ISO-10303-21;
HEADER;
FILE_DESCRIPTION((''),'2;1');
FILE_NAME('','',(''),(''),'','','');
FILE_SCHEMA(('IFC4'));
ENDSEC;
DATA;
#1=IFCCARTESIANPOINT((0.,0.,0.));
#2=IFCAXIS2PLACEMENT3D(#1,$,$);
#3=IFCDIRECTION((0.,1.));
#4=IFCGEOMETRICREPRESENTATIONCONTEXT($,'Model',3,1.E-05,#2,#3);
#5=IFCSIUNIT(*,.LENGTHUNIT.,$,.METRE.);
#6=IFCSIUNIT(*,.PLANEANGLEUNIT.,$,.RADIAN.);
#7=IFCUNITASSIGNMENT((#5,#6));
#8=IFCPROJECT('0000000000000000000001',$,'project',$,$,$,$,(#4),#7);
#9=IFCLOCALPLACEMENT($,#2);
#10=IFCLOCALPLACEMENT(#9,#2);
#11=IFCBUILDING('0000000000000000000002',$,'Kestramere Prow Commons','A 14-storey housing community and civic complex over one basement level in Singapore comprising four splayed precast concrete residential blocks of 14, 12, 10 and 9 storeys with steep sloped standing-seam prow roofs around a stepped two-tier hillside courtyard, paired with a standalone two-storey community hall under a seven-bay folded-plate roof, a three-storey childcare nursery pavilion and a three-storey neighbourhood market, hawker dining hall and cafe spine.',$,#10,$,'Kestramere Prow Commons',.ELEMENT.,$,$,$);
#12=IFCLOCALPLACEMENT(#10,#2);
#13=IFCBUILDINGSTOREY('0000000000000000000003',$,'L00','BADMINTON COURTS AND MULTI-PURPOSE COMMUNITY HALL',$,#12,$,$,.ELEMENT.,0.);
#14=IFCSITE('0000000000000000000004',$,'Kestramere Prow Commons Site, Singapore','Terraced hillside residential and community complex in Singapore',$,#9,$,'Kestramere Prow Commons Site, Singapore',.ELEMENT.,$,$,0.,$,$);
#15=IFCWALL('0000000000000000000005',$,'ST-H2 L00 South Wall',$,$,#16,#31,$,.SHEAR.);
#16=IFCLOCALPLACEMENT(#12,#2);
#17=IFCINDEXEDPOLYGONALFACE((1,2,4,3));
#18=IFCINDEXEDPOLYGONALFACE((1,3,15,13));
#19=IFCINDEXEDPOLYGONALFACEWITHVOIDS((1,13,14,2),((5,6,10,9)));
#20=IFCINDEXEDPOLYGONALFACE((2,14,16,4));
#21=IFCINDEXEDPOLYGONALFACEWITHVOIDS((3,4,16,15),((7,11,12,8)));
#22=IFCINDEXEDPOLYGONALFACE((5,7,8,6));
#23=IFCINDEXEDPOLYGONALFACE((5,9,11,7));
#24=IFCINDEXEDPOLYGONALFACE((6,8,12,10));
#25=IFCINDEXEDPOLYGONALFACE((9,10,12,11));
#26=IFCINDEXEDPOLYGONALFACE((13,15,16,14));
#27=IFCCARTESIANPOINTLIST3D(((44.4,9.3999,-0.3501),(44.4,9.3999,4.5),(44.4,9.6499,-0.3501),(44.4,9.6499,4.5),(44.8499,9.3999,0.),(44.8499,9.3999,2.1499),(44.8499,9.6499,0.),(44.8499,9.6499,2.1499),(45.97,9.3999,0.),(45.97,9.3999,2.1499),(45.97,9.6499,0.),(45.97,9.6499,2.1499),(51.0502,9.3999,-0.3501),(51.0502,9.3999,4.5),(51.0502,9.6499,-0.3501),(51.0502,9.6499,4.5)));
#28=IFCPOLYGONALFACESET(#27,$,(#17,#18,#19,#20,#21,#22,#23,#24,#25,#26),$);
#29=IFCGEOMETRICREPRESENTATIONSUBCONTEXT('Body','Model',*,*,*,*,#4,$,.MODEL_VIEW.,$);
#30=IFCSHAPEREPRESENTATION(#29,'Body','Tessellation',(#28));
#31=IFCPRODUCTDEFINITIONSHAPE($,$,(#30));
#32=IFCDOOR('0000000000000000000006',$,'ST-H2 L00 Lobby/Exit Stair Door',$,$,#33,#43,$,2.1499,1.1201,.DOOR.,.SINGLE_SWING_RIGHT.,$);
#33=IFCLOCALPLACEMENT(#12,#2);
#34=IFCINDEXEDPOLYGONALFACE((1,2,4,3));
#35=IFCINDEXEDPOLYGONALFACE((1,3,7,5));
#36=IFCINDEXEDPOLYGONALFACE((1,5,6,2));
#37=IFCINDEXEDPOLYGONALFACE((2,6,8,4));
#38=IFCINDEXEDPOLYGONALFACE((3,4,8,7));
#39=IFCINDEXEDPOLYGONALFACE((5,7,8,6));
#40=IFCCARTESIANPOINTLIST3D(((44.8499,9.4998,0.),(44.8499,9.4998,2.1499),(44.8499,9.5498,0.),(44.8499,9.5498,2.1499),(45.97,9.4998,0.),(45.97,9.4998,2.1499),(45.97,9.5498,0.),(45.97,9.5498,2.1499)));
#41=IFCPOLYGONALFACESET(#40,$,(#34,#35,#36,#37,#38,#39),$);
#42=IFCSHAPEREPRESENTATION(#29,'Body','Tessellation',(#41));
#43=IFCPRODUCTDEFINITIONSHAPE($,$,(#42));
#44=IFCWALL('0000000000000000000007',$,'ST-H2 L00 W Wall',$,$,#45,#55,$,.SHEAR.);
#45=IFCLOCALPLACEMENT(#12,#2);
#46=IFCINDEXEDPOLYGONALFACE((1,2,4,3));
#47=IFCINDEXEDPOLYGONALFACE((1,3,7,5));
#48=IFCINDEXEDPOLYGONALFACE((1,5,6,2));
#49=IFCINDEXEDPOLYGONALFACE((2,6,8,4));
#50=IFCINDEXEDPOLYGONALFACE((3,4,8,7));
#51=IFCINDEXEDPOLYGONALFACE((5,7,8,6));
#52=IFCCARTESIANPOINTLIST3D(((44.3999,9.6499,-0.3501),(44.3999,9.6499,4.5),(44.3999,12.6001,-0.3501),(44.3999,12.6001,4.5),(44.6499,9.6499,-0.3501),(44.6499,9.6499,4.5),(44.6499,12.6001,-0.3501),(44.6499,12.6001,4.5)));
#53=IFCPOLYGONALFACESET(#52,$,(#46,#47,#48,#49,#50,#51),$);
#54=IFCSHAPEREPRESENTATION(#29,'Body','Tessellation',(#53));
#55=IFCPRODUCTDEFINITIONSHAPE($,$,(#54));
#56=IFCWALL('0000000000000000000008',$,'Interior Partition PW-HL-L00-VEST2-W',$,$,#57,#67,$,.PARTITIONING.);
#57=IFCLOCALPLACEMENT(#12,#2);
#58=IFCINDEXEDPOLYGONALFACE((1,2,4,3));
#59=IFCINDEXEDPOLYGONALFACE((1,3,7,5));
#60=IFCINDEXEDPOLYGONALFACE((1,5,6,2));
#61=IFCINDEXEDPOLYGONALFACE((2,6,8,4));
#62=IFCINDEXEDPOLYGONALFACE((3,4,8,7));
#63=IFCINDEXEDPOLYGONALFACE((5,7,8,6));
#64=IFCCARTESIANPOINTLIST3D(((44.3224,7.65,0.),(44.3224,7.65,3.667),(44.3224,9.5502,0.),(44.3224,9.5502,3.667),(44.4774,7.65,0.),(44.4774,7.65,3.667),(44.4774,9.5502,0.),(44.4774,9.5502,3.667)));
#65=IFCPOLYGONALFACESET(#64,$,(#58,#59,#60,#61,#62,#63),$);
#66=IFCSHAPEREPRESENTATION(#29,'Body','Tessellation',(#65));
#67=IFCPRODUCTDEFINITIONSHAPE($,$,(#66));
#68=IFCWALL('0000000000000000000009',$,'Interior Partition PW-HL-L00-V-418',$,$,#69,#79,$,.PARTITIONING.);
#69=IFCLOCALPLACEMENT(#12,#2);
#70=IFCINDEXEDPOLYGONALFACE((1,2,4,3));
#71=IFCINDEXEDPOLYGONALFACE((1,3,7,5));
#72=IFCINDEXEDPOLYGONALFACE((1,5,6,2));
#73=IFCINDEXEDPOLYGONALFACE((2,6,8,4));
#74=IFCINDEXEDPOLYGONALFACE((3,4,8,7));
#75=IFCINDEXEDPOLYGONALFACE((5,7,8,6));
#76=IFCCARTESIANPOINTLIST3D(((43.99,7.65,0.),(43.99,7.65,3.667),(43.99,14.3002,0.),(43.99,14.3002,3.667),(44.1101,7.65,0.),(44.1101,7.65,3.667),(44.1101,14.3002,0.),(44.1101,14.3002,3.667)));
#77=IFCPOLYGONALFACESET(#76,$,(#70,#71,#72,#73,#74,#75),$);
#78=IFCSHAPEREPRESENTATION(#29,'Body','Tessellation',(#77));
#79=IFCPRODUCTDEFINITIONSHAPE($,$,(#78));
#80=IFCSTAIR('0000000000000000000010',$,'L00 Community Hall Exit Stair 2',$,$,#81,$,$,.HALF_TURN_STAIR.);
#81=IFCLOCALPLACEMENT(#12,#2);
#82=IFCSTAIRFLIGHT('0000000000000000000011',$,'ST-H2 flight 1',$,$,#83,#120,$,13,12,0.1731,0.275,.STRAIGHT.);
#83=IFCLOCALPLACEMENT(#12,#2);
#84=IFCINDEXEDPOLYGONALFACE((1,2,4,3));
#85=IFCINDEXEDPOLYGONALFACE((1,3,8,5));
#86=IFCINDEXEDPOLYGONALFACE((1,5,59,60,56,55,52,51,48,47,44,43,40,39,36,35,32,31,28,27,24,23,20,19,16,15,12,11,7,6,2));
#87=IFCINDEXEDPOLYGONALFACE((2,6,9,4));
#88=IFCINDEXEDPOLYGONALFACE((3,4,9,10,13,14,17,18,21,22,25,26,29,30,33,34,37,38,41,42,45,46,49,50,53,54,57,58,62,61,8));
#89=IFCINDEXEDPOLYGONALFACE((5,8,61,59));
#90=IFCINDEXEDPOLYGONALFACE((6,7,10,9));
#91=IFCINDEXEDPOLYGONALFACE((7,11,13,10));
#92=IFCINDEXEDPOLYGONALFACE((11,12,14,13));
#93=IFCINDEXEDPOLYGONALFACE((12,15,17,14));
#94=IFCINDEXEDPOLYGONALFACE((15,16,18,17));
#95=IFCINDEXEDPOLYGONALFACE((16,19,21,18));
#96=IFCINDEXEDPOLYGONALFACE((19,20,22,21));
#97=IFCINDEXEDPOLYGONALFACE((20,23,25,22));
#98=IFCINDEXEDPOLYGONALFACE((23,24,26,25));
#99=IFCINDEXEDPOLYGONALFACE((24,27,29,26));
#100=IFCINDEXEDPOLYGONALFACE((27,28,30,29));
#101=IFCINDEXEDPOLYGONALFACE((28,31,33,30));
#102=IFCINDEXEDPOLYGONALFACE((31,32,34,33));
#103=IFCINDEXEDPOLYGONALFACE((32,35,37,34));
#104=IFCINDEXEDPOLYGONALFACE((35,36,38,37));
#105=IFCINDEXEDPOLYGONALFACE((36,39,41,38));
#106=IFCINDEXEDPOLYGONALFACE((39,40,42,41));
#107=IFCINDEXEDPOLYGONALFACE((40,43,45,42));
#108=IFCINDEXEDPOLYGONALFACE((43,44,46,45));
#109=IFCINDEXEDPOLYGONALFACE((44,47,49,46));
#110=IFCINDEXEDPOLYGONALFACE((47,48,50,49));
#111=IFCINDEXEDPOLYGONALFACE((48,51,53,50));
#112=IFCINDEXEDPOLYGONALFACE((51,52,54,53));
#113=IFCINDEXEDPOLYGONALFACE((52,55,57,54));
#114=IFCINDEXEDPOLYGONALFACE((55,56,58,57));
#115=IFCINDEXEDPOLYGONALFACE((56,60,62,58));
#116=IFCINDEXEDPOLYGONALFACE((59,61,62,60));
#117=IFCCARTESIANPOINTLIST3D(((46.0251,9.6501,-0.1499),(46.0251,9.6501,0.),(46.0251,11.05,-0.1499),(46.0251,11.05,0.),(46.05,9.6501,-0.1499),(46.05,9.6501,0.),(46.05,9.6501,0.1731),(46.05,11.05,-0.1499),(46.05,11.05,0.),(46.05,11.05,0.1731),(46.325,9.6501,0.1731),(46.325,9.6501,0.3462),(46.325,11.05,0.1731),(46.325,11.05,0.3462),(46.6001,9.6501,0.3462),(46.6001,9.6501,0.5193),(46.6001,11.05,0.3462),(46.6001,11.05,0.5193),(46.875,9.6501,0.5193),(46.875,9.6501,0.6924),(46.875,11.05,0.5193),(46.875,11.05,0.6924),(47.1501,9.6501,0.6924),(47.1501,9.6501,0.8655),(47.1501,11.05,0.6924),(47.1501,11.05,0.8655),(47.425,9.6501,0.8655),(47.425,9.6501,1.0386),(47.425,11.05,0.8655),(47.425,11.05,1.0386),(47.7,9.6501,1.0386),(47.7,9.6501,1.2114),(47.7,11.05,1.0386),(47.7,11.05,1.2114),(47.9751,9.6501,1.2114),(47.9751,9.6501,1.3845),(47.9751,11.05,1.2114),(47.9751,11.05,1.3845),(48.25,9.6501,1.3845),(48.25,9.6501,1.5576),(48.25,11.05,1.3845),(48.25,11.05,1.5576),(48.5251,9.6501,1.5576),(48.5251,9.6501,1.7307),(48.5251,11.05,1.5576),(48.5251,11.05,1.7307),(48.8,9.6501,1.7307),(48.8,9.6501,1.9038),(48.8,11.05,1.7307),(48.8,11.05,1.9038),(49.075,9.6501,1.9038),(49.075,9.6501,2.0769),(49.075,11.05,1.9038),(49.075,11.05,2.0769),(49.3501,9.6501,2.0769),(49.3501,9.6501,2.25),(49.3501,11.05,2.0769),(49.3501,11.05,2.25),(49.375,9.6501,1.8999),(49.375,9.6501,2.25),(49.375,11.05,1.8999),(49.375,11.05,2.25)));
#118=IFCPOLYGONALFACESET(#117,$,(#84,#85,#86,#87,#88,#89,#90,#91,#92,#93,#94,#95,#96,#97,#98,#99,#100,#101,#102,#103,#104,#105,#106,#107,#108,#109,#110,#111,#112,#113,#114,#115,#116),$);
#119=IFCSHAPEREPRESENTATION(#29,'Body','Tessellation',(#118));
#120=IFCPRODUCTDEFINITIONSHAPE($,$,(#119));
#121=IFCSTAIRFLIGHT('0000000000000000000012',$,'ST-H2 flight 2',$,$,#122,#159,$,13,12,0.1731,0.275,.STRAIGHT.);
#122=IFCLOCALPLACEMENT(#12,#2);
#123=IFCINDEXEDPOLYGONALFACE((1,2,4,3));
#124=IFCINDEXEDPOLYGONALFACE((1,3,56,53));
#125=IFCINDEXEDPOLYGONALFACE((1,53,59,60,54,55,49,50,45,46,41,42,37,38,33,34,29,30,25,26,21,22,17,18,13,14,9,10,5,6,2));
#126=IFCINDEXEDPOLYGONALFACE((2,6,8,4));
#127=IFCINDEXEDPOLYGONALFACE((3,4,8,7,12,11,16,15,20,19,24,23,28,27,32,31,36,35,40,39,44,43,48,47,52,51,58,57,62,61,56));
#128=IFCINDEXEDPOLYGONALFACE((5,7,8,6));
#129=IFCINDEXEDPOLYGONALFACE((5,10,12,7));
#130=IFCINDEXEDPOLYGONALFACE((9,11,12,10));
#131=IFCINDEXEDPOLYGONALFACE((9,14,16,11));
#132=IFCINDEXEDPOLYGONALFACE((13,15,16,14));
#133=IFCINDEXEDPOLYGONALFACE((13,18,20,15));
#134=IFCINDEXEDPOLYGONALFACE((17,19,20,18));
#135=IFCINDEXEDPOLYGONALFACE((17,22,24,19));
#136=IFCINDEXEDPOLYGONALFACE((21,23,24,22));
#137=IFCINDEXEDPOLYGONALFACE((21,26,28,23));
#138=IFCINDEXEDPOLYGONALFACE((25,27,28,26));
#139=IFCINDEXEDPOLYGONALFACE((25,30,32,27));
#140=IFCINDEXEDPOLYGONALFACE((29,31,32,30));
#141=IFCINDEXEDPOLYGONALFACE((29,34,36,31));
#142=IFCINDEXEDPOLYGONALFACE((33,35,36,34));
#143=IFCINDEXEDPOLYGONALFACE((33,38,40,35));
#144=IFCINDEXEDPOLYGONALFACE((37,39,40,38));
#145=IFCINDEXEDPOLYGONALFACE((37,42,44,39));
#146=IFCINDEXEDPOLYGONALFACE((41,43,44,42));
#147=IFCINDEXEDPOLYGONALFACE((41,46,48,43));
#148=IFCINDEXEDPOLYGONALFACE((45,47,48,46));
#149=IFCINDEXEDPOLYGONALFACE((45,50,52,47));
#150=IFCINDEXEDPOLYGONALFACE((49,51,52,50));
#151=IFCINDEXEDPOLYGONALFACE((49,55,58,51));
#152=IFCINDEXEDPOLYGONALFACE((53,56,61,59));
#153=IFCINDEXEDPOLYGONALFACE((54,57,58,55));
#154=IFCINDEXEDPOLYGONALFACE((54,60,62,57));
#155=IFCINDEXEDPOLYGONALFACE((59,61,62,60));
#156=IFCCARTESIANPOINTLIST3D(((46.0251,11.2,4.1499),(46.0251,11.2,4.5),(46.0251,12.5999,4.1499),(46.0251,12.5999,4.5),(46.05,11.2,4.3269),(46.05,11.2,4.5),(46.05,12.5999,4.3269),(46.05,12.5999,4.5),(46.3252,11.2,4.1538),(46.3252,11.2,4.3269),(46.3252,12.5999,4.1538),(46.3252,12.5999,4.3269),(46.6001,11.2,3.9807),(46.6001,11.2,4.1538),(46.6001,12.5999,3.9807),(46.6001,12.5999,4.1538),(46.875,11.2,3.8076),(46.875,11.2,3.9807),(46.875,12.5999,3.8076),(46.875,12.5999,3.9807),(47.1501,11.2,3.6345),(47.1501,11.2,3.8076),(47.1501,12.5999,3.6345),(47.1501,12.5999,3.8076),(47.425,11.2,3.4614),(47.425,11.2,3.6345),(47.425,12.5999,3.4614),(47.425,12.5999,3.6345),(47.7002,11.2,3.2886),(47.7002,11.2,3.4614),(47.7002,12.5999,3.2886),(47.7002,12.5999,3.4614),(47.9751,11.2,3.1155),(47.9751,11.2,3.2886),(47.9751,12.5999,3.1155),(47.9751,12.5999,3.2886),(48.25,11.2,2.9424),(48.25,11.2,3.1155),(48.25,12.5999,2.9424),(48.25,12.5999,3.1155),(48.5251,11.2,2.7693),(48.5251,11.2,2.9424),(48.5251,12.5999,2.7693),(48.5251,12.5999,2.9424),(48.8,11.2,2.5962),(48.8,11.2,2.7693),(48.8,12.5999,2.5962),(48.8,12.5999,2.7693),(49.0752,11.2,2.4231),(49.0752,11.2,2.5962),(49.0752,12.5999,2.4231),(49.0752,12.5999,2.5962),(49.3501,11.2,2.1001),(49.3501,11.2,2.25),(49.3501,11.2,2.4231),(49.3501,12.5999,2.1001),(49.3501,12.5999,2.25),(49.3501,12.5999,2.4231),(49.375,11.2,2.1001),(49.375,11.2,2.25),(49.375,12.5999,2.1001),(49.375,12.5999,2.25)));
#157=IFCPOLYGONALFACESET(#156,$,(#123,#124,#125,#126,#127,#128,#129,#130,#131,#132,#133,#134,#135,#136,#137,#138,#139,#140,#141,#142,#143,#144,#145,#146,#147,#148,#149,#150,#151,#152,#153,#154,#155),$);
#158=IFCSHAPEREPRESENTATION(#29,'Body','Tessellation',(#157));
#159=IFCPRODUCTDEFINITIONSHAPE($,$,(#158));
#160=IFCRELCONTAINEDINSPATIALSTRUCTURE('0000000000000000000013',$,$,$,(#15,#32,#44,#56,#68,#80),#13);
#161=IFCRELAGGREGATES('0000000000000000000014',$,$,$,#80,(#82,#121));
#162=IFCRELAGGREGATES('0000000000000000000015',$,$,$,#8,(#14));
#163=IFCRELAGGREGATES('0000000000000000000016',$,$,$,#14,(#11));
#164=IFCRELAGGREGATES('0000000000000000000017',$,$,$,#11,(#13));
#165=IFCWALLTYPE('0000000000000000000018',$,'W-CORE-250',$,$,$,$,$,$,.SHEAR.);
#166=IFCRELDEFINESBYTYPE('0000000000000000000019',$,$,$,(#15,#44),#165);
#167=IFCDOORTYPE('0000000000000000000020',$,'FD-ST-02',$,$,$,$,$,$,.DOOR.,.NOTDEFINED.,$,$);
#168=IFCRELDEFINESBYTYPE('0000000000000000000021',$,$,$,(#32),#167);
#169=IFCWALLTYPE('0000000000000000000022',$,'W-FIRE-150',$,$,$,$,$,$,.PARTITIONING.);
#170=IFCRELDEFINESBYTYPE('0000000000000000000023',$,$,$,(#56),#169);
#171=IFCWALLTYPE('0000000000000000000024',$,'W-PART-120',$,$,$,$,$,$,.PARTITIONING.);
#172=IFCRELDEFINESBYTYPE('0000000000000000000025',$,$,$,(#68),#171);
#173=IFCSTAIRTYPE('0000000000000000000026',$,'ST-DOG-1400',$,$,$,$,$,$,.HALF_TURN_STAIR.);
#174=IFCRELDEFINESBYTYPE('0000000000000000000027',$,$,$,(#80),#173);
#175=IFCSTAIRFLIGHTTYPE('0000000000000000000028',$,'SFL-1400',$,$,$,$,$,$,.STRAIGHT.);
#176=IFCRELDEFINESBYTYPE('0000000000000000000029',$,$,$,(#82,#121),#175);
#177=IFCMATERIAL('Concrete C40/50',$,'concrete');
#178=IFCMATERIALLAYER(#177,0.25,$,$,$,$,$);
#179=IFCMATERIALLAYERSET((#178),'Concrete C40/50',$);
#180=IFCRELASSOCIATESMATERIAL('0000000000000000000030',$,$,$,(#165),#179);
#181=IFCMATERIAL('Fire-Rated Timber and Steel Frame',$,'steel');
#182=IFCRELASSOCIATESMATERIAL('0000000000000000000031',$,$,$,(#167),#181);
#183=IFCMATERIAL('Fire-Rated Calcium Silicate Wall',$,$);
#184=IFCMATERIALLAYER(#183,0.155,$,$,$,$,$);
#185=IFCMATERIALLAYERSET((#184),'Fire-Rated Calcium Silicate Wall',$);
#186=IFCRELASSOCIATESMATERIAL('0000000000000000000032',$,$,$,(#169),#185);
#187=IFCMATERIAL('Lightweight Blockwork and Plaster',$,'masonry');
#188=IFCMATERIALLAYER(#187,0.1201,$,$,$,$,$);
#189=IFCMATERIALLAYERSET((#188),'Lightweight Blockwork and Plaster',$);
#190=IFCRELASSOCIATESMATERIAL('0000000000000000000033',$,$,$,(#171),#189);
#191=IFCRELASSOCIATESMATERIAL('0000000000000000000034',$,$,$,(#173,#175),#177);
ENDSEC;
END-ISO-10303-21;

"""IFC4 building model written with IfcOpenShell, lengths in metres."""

from ifc_helpers import new_model, si_unit, direction, frame, frame_2d, origin, place, context, subcontext, project, spatial, polyline, rectangle, outline, extrude, material, layer, layer_set, type_object, element, fill, aggregate, save


model = new_model("IFC4")

# Units and contexts
model_context = context("Model", 3, precision=1e-05, world=origin(), true_north=direction((0.0, 1.0)))
body_context = subcontext(model_context, "Body", "Model", "MODEL_VIEW")
ifc_project = project(units=[si_unit("LENGTHUNIT", "METRE"), si_unit("PLANEANGLEUNIT", "RADIAN")], contexts=[model_context])

# Site, building, storey
site_placement = place(None, origin())
site = spatial("IfcSite", under=ifc_project, at=site_placement, Name="Kestramere Prow Commons Site, Singapore", Description="Terraced hillside residential and community complex in Singapore", LongName="Kestramere Prow Commons Site, Singapore", CompositionType="ELEMENT", RefElevation=0.0)
building_placement = place(site_placement, origin())
building = spatial("IfcBuilding", under=site, at=building_placement, Name="Kestramere Prow Commons", Description="A 14-storey housing community and civic complex over one basement level in Singapore comprising four splayed precast concrete residential blocks of 14, 12, 10 and 9 storeys with steep sloped standing-seam prow roofs around a stepped two-tier hillside courtyard, paired with a standalone two-storey community hall under a seven-bay folded-plate roof, a three-storey childcare nursery pavilion and a three-storey neighbourhood market, hawker dining hall and cafe spine.", LongName="Kestramere Prow Commons", CompositionType="ELEMENT")
storey_placement = place(building_placement, origin())
storey = spatial("IfcBuildingStorey", under=building, at=storey_placement, Name="L00", Description="BADMINTON COURTS AND MULTI-PURPOSE COMMUNITY HALL", CompositionType="ELEMENT", Elevation=0.0)

# Shared definitions
ifc_material_1 = material(Name="Concrete C40/50", Category="concrete")

# Wall, opening, door
ifc_layer_1 = layer(ifc_material_1, 0.25)
ifc_layer_set_1 = layer_set([ifc_layer_1], Name="Concrete C40/50")
wall_type_1 = type_object("IfcWallType", Name="W-CORE-250", PredefinedType="SHEAR", material=ifc_layer_set_1)
ifc_material_2 = material(Name="Fire-Rated Timber and Steel Frame", Category="steel")
wall_1_placement = place(storey_placement, frame((44.3999, 9.5249, -0.3501), z_axis=(0.0, 0.0, 1.0), x_axis=(1.0, 0.0, 0.0)))
wall_1 = element("IfcWall", 1, at=wall_1_placement, inside=storey, type_object=wall_type_1, Name="ST-H2 L00 South Wall", PredefinedType="SHEAR", context=body_context, shape_type="SweptSolid", body=[
    extrude(rectangle(XDim=6.6501, YDim=0.25, at=frame_2d((3.3252, 0.0))), origin(), (0.0, 0.0, 1.0), 4.8501),
])
opening_1_placement = place(wall_1_placement, frame((0.45, 0.0, 0.3501)))
opening_1 = element("IfcOpeningElement", 2, at=opening_1_placement, cuts=wall_1, PredefinedType="OPENING", context=body_context, shape_type="SweptSolid", body=[
    extrude(rectangle(XDim=1.1201, YDim=2.1499, at=frame_2d((0.5601, 1.075))), frame((0.0, 0.1399, 0.0), z_axis=(0.0, -1.0, 0.0), x_axis=(1.0, 0.0, 0.0)), (0.0, 0.0, 1.0), 0.28),
])
door_type_1 = type_object("IfcDoorType", Name="FD-ST-02", OperationType="NOTDEFINED", PredefinedType="DOOR", material=ifc_material_2)
door_1_placement = place(opening_1_placement, origin())
door_1 = element("IfcDoor", 3, at=door_1_placement, inside=storey, type_object=door_type_1, Name="ST-H2 L00 Lobby/Exit Stair Door", OperationType="SINGLE_SWING_RIGHT", OverallHeight=2.1499, OverallWidth=1.1201, PredefinedType="DOOR", context=body_context, shape_type="SweptSolid", body=[
    extrude(rectangle(XDim=1.1201, YDim=2.1499, at=frame_2d((0.5601, 1.075))), frame((0.0, 0.0249, 0.0), z_axis=(0.0, -1.0, 0.0), x_axis=(1.0, 0.0, 0.0)), (0.0, 0.0, 1.0), 0.05),
])
fill(opening_1, door_1)

# Walls
wall_2_placement = place(storey_placement, frame((44.5249, 9.6499, -0.3501), z_axis=(0.0, 0.0, 1.0), x_axis=(0.0, 1.0, 0.0)))
element("IfcWall", 4, at=wall_2_placement, inside=storey, type_object=wall_type_1, Name="ST-H2 L00 W Wall", PredefinedType="SHEAR", context=body_context, shape_type="SweptSolid", body=[
    extrude(rectangle(XDim=2.9502, YDim=0.25, at=frame_2d((1.4751, 0.0))), origin(), (0.0, 0.0, 1.0), 4.8501),
])
ifc_material_3 = material(Name="Fire-Rated Calcium Silicate Wall")
ifc_layer_2 = layer(ifc_material_3, 0.155)
ifc_layer_set_2 = layer_set([ifc_layer_2], Name="Fire-Rated Calcium Silicate Wall")
wall_type_2 = type_object("IfcWallType", Name="W-FIRE-150", PredefinedType="PARTITIONING", material=ifc_layer_set_2)
wall_3_placement = place(storey_placement, frame((44.3999, 7.6499, 0.0), z_axis=(0.0, 0.0, 1.0), x_axis=(0.0, 1.0, 0.0)))
element("IfcWall", 5, at=wall_3_placement, inside=storey, type_object=wall_type_2, Name="Interior Partition PW-HL-L00-VEST2-W", PredefinedType="PARTITIONING", context=body_context, shape_type="SweptSolid", body=[
    extrude(rectangle(XDim=1.9001, YDim=0.155, at=frame_2d((0.9502, 0.0))), origin(), (0.0, 0.0, 1.0), 3.667),
])
ifc_material_4 = material(Name="Lightweight Blockwork and Plaster", Category="masonry")
ifc_layer_3 = layer(ifc_material_4, 0.1201)
ifc_layer_set_3 = layer_set([ifc_layer_3], Name="Lightweight Blockwork and Plaster")
wall_type_3 = type_object("IfcWallType", Name="W-PART-120", PredefinedType="PARTITIONING", material=ifc_layer_set_3)
wall_4_placement = place(storey_placement, frame((44.05, 7.6499, 0.0), z_axis=(0.0, 0.0, 1.0), x_axis=(0.0, 1.0, 0.0)))
element("IfcWall", 6, at=wall_4_placement, inside=storey, type_object=wall_type_3, Name="Interior Partition PW-HL-L00-V-418", PredefinedType="PARTITIONING", context=body_context, shape_type="SweptSolid", body=[
    extrude(rectangle(XDim=6.6501, YDim=0.1201, at=frame_2d((3.3252, 0.0))), origin(), (0.0, 0.0, 1.0), 3.667),
])

# Stair, stair flights
stair_type = type_object("IfcStairType", Name="ST-DOG-1400", PredefinedType="HALF_TURN_STAIR", material=ifc_material_1)
stair_placement = place(storey_placement, origin())
stair = element("IfcStair", 7, at=stair_placement, inside=storey, type_object=stair_type, Name="L00 Community Hall Exit Stair 2", PredefinedType="HALF_TURN_STAIR")
stair_flight_type = type_object("IfcStairFlightType", Name="SFL-1400", PredefinedType="STRAIGHT", material=ifc_material_1)
stair_flight_1_placement = place(storey_placement, frame((46.05, 10.3501, 0.0), z_axis=(0.0, 0.0, 1.0), x_axis=(1.0, 0.0, 0.0)))
stair_flight_1 = element("IfcStairFlight", 8, at=stair_flight_1_placement, type_object=stair_flight_type, Name="ST-H2 flight 1", NumberOfRisers=13, NumberOfTreads=12, PredefinedType="STRAIGHT", RiserHeight=0.1731, TreadLength=0.275, context=body_context, shape_type="SweptSolid", body=[
    extrude(outline(polyline([(-0.0249, 0.0), (0.0, 0.0), (0.0, 0.1731), (0.2749, 0.1731), (0.2749, 0.3462), (0.55, 0.3462), (0.55, 0.5193), (0.825, 0.5193), (0.825, 0.6924), (1.1001, 0.6924), (1.1001, 0.8655), (1.375, 0.8655), (1.375, 1.0386), (1.6499, 1.0386), (1.6499, 1.2114), (1.925, 1.2114), (1.925, 1.3845), (2.2, 1.3845), (2.2, 1.5576), (2.4751, 1.5576), (2.4751, 1.7307), (2.75, 1.7307), (2.75, 1.9038), (3.0249, 1.9038), (3.0249, 2.0769), (3.3, 2.0769), (3.3, 2.25), (3.325, 2.25), (3.325, 1.8999), (0.0, -0.1499), (-0.0249, -0.1499), (-0.0249, 0.0)])), frame((0.0, 0.7, 0.0), z_axis=(0.0, -1.0, 0.0), x_axis=(1.0, 0.0, 0.0)), (0.0, 0.0, 1.0), 1.3999),
])
stair_flight_2_placement = place(storey_placement, frame((49.3501, 11.8999, 2.25), z_axis=(0.0, 0.0, 1.0), x_axis=(-1.0, 0.0, 0.0)))
stair_flight_2 = element("IfcStairFlight", 9, at=stair_flight_2_placement, type_object=stair_flight_type, Name="ST-H2 flight 2", NumberOfRisers=13, NumberOfTreads=12, PredefinedType="STRAIGHT", RiserHeight=0.1731, TreadLength=0.275, context=body_context, shape_type="SweptSolid", body=[
    extrude(outline(polyline([(-0.0249, 0.0), (0.0, 0.0), (0.0, 0.1731), (0.2749, 0.1731), (0.2749, 0.3462), (0.55, 0.3462), (0.55, 0.5193), (0.825, 0.5193), (0.825, 0.6924), (1.1001, 0.6924), (1.1001, 0.8655), (1.375, 0.8655), (1.375, 1.0386), (1.6499, 1.0386), (1.6499, 1.2114), (1.925, 1.2114), (1.925, 1.3845), (2.2, 1.3845), (2.2, 1.5576), (2.4751, 1.5576), (2.4751, 1.7307), (2.75, 1.7307), (2.75, 1.9038), (3.0249, 1.9038), (3.0249, 2.0769), (3.3, 2.0769), (3.3, 2.25), (3.325, 2.25), (3.325, 1.8999), (0.0, -0.1499), (-0.0249, -0.1499), (-0.0249, 0.0)])), frame((0.0, 0.7, 0.0), z_axis=(0.0, -1.0, 0.0), x_axis=(1.0, 0.0, 0.0)), (0.0, 0.0, 1.0), 1.3999),
])
aggregate(stair, [stair_flight_1, stair_flight_2])

save(model, "model.ifc")
